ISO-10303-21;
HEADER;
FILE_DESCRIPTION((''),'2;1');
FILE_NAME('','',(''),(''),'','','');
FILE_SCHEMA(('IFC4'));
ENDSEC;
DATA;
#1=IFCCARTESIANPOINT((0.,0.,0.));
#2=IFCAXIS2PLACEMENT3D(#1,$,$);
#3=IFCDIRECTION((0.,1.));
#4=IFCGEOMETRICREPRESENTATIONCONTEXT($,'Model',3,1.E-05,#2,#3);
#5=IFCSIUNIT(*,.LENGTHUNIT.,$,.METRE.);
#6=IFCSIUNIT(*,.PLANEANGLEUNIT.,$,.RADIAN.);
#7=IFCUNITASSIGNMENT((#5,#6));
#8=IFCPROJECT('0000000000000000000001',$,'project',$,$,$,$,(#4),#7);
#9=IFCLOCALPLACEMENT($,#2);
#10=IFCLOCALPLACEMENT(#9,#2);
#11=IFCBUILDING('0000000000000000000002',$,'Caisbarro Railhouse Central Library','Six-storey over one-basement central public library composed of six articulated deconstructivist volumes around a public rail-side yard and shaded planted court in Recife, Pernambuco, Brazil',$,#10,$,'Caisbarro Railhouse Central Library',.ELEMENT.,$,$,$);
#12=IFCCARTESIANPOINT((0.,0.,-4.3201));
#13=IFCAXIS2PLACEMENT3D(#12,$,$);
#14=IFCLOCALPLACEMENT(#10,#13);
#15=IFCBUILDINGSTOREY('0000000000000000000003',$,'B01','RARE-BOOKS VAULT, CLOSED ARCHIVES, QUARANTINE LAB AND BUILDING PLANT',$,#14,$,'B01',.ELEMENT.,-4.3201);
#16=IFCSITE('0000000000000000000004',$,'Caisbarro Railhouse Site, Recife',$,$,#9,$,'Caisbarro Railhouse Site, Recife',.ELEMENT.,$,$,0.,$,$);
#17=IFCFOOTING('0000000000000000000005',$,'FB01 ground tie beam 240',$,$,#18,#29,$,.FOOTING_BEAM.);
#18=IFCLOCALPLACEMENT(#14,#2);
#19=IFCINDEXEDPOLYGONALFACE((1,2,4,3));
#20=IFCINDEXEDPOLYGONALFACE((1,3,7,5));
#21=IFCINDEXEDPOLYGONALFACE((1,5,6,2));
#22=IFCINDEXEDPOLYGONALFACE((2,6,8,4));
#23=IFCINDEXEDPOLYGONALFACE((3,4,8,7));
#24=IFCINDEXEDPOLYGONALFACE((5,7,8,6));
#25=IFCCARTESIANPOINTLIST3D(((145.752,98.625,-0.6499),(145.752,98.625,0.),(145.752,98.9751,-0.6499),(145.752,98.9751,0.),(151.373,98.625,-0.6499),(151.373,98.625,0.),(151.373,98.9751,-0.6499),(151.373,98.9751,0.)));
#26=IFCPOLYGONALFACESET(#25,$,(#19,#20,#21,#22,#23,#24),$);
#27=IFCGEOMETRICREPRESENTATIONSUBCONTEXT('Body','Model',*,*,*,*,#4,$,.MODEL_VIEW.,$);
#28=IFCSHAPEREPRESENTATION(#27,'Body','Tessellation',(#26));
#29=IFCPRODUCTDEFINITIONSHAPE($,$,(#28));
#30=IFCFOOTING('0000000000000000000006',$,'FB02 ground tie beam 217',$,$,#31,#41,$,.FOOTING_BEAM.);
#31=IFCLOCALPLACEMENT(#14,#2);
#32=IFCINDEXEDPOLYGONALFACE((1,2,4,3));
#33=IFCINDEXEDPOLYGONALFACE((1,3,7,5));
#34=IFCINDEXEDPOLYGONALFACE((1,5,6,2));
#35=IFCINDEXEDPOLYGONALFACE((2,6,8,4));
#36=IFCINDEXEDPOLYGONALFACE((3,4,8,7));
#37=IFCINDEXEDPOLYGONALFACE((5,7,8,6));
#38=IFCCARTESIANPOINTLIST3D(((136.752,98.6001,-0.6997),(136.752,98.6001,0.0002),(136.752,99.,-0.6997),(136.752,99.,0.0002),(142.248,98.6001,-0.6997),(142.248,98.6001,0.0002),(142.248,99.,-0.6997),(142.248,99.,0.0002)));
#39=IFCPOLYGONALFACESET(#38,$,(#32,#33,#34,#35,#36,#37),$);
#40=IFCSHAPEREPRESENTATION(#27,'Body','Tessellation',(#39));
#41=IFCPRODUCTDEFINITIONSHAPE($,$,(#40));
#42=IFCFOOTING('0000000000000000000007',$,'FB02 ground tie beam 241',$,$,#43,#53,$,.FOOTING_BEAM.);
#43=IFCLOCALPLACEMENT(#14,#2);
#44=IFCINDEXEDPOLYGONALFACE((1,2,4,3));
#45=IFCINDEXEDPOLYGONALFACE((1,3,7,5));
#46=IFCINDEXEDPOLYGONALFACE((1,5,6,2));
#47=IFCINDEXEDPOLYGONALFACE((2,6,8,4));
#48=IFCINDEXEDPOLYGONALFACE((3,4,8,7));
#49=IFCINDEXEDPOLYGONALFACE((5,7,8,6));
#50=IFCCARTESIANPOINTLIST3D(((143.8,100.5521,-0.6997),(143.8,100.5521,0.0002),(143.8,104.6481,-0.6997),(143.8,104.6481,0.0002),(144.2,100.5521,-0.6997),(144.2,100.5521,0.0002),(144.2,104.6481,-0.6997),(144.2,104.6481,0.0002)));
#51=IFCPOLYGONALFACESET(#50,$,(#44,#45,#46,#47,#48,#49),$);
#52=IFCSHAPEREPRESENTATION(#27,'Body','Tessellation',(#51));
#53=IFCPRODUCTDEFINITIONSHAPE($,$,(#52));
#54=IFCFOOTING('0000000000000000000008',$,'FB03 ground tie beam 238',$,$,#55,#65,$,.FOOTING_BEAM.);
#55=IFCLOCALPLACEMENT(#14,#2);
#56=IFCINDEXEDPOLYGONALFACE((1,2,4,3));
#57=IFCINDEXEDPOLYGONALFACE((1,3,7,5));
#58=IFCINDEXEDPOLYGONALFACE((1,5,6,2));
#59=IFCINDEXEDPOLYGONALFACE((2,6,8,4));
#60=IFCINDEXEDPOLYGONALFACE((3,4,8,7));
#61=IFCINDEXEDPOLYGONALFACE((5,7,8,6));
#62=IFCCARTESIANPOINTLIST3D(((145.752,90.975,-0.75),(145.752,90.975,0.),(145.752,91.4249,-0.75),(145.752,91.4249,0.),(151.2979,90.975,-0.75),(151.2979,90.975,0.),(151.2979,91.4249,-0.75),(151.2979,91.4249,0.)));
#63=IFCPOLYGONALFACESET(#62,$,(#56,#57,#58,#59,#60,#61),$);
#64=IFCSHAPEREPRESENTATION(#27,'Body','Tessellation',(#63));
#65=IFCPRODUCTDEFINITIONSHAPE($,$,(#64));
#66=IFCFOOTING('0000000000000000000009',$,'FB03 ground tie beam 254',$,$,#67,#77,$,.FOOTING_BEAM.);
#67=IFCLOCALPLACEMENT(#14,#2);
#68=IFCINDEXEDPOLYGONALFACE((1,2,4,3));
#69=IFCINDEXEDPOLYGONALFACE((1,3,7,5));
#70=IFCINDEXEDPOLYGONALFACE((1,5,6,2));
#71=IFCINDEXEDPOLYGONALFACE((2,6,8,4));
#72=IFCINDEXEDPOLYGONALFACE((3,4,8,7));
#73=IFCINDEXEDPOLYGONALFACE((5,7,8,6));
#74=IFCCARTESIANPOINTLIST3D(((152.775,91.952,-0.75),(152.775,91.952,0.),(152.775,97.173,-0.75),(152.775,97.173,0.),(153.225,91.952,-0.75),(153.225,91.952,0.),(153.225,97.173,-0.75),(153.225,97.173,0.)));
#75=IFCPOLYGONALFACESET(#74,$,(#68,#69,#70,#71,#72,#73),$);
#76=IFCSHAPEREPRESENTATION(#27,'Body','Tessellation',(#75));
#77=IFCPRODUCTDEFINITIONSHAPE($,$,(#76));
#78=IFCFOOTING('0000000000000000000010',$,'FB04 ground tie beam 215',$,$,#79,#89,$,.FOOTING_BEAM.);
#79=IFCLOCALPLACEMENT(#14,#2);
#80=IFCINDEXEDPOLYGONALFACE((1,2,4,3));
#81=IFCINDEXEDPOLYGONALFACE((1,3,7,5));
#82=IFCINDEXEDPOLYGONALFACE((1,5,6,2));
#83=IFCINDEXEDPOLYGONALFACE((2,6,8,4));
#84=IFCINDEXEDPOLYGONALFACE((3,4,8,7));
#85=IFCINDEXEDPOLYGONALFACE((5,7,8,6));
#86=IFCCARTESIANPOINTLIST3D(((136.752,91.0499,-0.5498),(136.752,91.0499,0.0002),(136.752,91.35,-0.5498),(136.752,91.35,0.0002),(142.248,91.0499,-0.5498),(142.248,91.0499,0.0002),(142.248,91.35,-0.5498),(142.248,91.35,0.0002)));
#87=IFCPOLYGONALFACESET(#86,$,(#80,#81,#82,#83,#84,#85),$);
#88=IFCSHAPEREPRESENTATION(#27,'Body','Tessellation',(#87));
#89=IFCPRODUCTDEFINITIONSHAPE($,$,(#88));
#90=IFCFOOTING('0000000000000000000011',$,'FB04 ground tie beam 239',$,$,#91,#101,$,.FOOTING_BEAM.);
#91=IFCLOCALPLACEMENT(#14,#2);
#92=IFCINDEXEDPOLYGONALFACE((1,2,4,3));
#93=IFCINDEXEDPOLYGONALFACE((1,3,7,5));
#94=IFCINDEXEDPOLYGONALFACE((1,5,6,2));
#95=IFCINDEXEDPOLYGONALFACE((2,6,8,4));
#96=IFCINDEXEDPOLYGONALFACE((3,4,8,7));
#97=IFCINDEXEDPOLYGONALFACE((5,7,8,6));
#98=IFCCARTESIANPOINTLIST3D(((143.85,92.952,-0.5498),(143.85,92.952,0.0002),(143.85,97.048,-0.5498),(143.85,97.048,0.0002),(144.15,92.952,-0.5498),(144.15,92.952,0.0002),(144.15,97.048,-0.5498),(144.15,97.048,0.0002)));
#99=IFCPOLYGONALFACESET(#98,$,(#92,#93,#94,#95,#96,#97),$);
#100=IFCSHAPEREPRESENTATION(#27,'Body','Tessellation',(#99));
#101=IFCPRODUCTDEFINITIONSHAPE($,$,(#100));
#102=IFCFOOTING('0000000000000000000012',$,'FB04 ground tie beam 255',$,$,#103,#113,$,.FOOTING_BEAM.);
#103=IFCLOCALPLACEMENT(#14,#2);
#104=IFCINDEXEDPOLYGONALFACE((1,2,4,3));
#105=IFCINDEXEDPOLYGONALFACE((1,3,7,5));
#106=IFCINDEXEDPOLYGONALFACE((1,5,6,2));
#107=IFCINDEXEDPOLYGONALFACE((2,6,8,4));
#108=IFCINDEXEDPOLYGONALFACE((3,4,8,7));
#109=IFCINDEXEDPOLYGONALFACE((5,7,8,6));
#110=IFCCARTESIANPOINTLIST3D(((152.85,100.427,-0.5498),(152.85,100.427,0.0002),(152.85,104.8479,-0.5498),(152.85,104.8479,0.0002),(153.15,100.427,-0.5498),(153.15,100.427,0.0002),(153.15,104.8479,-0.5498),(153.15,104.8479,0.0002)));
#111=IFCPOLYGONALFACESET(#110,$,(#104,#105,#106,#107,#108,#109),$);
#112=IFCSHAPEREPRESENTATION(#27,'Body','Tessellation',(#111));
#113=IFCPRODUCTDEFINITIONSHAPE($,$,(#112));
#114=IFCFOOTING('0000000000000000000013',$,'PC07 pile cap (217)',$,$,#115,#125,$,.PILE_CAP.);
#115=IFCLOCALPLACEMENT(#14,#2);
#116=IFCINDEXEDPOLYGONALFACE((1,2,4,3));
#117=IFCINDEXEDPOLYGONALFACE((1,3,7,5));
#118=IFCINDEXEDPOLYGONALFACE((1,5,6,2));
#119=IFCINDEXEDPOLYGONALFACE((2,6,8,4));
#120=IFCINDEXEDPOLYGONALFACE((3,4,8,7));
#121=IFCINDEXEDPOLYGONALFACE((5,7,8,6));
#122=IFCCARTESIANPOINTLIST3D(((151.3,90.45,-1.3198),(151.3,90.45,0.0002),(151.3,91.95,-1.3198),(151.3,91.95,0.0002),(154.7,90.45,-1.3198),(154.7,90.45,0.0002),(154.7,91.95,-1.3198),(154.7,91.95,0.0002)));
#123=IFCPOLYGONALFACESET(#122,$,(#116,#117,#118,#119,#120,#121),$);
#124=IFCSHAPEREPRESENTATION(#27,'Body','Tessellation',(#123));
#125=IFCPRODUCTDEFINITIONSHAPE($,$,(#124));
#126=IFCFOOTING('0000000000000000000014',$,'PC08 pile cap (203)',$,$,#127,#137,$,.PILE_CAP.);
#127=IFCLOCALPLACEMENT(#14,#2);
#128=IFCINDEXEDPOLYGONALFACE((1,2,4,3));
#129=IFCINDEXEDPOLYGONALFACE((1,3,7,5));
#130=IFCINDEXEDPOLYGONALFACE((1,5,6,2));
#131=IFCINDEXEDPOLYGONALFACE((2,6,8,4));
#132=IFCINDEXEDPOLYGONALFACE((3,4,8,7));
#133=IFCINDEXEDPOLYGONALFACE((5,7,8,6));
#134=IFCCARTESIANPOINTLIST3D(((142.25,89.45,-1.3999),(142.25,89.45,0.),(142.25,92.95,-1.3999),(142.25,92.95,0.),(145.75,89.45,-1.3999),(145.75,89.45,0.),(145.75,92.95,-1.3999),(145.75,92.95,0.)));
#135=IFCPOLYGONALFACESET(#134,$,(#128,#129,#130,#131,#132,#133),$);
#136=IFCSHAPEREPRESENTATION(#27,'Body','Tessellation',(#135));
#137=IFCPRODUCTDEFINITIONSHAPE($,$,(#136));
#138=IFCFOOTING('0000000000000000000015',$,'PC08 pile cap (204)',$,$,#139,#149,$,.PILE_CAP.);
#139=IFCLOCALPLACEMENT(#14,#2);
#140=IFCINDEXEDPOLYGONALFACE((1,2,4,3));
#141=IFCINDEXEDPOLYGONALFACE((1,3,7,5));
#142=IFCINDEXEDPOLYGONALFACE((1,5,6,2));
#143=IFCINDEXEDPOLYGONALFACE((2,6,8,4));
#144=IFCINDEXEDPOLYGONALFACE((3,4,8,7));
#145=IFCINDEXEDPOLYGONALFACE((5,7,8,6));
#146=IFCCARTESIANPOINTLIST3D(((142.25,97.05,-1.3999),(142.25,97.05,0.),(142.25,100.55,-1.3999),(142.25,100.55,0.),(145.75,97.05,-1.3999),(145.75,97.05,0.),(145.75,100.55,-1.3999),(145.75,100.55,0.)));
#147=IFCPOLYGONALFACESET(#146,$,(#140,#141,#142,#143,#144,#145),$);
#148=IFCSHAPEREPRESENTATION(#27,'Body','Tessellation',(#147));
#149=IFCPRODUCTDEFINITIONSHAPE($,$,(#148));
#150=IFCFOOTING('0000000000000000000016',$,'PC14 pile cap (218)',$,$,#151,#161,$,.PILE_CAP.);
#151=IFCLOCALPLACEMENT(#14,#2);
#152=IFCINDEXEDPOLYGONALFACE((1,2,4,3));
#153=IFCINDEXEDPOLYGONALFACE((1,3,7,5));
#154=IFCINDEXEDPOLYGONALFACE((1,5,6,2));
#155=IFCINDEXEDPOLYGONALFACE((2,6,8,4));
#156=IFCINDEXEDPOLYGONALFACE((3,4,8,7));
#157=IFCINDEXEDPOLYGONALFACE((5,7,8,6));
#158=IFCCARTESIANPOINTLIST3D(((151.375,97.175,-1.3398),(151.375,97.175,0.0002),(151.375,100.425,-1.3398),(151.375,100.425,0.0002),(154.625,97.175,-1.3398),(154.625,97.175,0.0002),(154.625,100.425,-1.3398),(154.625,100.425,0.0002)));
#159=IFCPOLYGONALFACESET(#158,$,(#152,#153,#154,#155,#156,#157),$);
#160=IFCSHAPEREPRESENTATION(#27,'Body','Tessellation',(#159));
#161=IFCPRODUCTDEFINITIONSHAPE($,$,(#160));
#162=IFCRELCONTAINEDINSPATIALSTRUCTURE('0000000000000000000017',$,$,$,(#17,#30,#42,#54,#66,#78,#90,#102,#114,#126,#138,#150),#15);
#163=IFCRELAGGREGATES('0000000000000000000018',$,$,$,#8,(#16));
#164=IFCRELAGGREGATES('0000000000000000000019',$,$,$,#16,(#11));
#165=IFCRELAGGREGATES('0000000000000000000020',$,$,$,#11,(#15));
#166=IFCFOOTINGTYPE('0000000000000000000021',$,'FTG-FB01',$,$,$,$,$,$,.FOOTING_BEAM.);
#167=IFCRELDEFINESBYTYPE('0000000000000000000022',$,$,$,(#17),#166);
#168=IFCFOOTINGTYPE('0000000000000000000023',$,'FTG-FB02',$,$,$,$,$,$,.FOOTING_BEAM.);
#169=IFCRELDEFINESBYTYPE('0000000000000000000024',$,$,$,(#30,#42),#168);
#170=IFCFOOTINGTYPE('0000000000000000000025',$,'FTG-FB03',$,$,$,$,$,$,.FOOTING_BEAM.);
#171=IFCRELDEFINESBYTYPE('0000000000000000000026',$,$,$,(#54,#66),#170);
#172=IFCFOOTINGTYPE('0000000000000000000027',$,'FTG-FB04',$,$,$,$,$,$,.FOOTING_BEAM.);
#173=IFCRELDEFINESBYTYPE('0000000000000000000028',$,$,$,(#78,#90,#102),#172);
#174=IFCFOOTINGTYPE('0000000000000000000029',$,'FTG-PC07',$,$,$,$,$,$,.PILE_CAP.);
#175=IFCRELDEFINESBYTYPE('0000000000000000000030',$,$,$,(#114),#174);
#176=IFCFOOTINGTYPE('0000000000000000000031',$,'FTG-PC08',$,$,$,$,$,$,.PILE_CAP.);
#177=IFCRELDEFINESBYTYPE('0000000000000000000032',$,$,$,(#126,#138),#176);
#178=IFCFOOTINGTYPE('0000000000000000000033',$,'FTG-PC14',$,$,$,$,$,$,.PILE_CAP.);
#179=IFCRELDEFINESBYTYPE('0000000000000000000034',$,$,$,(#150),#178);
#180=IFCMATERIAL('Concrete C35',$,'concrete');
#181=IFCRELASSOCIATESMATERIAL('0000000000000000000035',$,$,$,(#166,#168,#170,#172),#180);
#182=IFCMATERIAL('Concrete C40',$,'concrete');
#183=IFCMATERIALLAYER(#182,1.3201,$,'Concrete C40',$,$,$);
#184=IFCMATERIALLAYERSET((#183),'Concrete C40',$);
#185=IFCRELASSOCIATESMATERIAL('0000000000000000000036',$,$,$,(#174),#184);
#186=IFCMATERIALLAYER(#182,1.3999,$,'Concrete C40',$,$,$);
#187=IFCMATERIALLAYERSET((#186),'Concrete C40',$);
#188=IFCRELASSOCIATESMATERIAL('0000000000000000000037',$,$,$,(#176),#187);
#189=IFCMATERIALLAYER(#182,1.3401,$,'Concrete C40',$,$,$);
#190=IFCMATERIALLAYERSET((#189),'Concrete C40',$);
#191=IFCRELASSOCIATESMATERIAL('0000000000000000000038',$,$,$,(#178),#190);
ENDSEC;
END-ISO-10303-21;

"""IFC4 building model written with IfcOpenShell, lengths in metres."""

from ifc_helpers import new_model, si_unit, direction, frame, origin, origin_2d, place, context, subcontext, project, spatial, rectangle, extrude, material, layer, layer_set, type_object, element, save


model = new_model("IFC4")

# Units and contexts
model_context = context("Model", 3, precision=1e-05, world=origin(), true_north=direction((0.0, 1.0)))
body_context = subcontext(model_context, "Body", "Model", "MODEL_VIEW")
ifc_project = project(units=[si_unit("LENGTHUNIT", "METRE"), si_unit("PLANEANGLEUNIT", "RADIAN")], contexts=[model_context])

# Site, building, storey
site_placement = place(None, origin())
site = spatial("IfcSite", under=ifc_project, at=site_placement, Name="Caisbarro Railhouse Site, Recife", LongName="Caisbarro Railhouse Site, Recife", CompositionType="ELEMENT", RefElevation=0.0)
building_placement = place(site_placement, origin())
building = spatial("IfcBuilding", under=site, at=building_placement, Name="Caisbarro Railhouse Central Library", Description="Six-storey over one-basement central public library composed of six articulated deconstructivist volumes around a public rail-side yard and shaded planted court in Recife, Pernambuco, Brazil", LongName="Caisbarro Railhouse Central Library", CompositionType="ELEMENT")
storey_placement = place(building_placement, frame((0.0, 0.0, -4.3201)))
storey = spatial("IfcBuildingStorey", under=building, at=storey_placement, Name="B01", Description="RARE-BOOKS VAULT, CLOSED ARCHIVES, QUARANTINE LAB AND BUILDING PLANT", LongName="B01", CompositionType="ELEMENT", Elevation=-4.3201)

# Footings
ifc_material_1 = material(Name="Concrete C35", Category="concrete")
footing_type_1 = type_object("IfcFootingType", Name="FTG-FB01", PredefinedType="FOOTING_BEAM", material=ifc_material_1)
footing_1_placement = place(storey_placement, frame((148.5625, 98.8, -0.6499), z_axis=(0.0, 0.0, 1.0), x_axis=(1.0, 0.0, 0.0)))
element("IfcFooting", 1, at=footing_1_placement, inside=storey, type_object=footing_type_1, Name="FB01 ground tie beam 240", PredefinedType="FOOTING_BEAM", context=body_context, shape_type="SweptSolid", body=[
    extrude(rectangle(XDim=5.6211, YDim=0.3501, at=origin_2d()), origin(), (0.0, 0.0, 1.0), 0.6499),
])
footing_type_2 = type_object("IfcFootingType", Name="FTG-FB02", PredefinedType="FOOTING_BEAM", material=ifc_material_1)
footing_2_placement = place(storey_placement, frame((139.5, 98.8, -0.6997), z_axis=(0.0, 0.0, 1.0), x_axis=(1.0, 0.0, 0.0)))
element("IfcFooting", 2, at=footing_2_placement, inside=storey, type_object=footing_type_2, Name="FB02 ground tie beam 217", PredefinedType="FOOTING_BEAM", context=body_context, shape_type="SweptSolid", body=[
    extrude(rectangle(XDim=5.4961, YDim=0.3999, at=origin_2d()), origin(), (0.0, 0.0, 1.0), 0.7),
])
footing_3_placement = place(storey_placement, frame((144.0, 102.6001, -0.6997), z_axis=(0.0, 0.0, 1.0), x_axis=(0.0, 1.0, 0.0)))
element("IfcFooting", 3, at=footing_3_placement, inside=storey, type_object=footing_type_2, Name="FB02 ground tie beam 241", PredefinedType="FOOTING_BEAM", context=body_context, shape_type="SweptSolid", body=[
    extrude(rectangle(XDim=4.0959, YDim=0.3999, at=origin_2d()), origin(), (0.0, 0.0, 1.0), 0.7),
])
footing_type_3 = type_object("IfcFootingType", Name="FTG-FB03", PredefinedType="FOOTING_BEAM", material=ifc_material_1)
footing_4_placement = place(storey_placement, frame((148.5249, 91.2, -0.75), z_axis=(0.0, 0.0, 1.0), x_axis=(1.0, 0.0, 0.0)))
element("IfcFooting", 4, at=footing_4_placement, inside=storey, type_object=footing_type_3, Name="FB03 ground tie beam 238", PredefinedType="FOOTING_BEAM", context=body_context, shape_type="SweptSolid", body=[
    extrude(rectangle(XDim=5.5459, YDim=0.45, at=origin_2d()), origin(), (0.0, 0.0, 1.0), 0.75),
])
footing_5_placement = place(storey_placement, frame((153.0, 94.5625, -0.75), z_axis=(0.0, 0.0, 1.0), x_axis=(0.0, 1.0, 0.0)))
element("IfcFooting", 5, at=footing_5_placement, inside=storey, type_object=footing_type_3, Name="FB03 ground tie beam 254", PredefinedType="FOOTING_BEAM", context=body_context, shape_type="SweptSolid", body=[
    extrude(rectangle(XDim=5.2209, YDim=0.45, at=origin_2d()), origin(), (0.0, 0.0, 1.0), 0.75),
])
footing_type_4 = type_object("IfcFootingType", Name="FTG-FB04", PredefinedType="FOOTING_BEAM", material=ifc_material_1)
footing_6_placement = place(storey_placement, frame((139.5, 91.2, -0.5498), z_axis=(0.0, 0.0, 1.0), x_axis=(1.0, 0.0, 0.0)))
element("IfcFooting", 6, at=footing_6_placement, inside=storey, type_object=footing_type_4, Name="FB04 ground tie beam 215", PredefinedType="FOOTING_BEAM", context=body_context, shape_type="SweptSolid", body=[
    extrude(rectangle(XDim=5.4961, YDim=0.3, at=origin_2d()), origin(), (0.0, 0.0, 1.0), 0.55),
])
footing_7_placement = place(storey_placement, frame((144.0, 95.0, -0.5498), z_axis=(0.0, 0.0, 1.0), x_axis=(0.0, 1.0, 0.0)))
element("IfcFooting", 7, at=footing_7_placement, inside=storey, type_object=footing_type_4, Name="FB04 ground tie beam 239", PredefinedType="FOOTING_BEAM", context=body_context, shape_type="SweptSolid", body=[
    extrude(rectangle(XDim=4.0959, YDim=0.3, at=origin_2d()), origin(), (0.0, 0.0, 1.0), 0.55),
])
footing_8_placement = place(storey_placement, frame((153.0, 102.6375, -0.5498), z_axis=(0.0, 0.0, 1.0), x_axis=(0.0, 1.0, 0.0)))
element("IfcFooting", 8, at=footing_8_placement, inside=storey, type_object=footing_type_4, Name="FB04 ground tie beam 255", PredefinedType="FOOTING_BEAM", context=body_context, shape_type="SweptSolid", body=[
    extrude(rectangle(XDim=4.4209, YDim=0.3, at=origin_2d()), origin(), (0.0, 0.0, 1.0), 0.55),
])
ifc_material_2 = material(Name="Concrete C40", Category="concrete")
ifc_layer_1 = layer(ifc_material_2, 1.3201, Name="Concrete C40")
ifc_layer_set_1 = layer_set([ifc_layer_1], Name="Concrete C40")
footing_type_5 = type_object("IfcFootingType", Name="FTG-PC07", PredefinedType="PILE_CAP", material=ifc_layer_set_1)
footing_9_placement = place(storey_placement, frame((153.0, 91.2, -1.3198), z_axis=(0.0, 0.0, 1.0), x_axis=(1.0, 0.0, 0.0)))
element("IfcFooting", 9, at=footing_9_placement, inside=storey, type_object=footing_type_5, Name="PC07 pile cap (217)", PredefinedType="PILE_CAP", context=body_context, shape_type="SweptSolid", body=[
    extrude(rectangle(XDim=3.3999, YDim=1.5, at=origin_2d()), origin(), (0.0, 0.0, 1.0), 1.3201),
])
ifc_layer_2 = layer(ifc_material_2, 1.3999, Name="Concrete C40")
ifc_layer_set_2 = layer_set([ifc_layer_2], Name="Concrete C40")
footing_type_6 = type_object("IfcFootingType", Name="FTG-PC08", PredefinedType="PILE_CAP", material=ifc_layer_set_2)
for number, where, z_axis, x_axis, name in (
    (10, (144.0, 91.2, -1.3999), (0.0, 0.0, 1.0), (1.0, 0.0, 0.0), "PC08 pile cap (203)"),
    (11, (144.0, 98.8, -1.3999), (0.0, 0.0, 1.0), (1.0, 0.0, 0.0), "PC08 pile cap (204)"),
):
    element("IfcFooting", number, at=place(storey_placement, frame(where, z_axis=z_axis, x_axis=x_axis)), inside=storey, type_object=footing_type_6, Name=name, PredefinedType="PILE_CAP", context=body_context, shape_type="SweptSolid", body=[
        extrude(rectangle(XDim=3.5, YDim=3.5, at=origin_2d()), origin(), (0.0, 0.0, 1.0), 1.3999),
    ])
ifc_layer_3 = layer(ifc_material_2, 1.3401, Name="Concrete C40")
ifc_layer_set_3 = layer_set([ifc_layer_3], Name="Concrete C40")
footing_type_7 = type_object("IfcFootingType", Name="FTG-PC14", PredefinedType="PILE_CAP", material=ifc_layer_set_3)
footing_10_placement = place(storey_placement, frame((153.0, 98.8, -1.3398), z_axis=(0.0, 0.0, 1.0), x_axis=(1.0, 0.0, 0.0)))
element("IfcFooting", 12, at=footing_10_placement, inside=storey, type_object=footing_type_7, Name="PC14 pile cap (218)", PredefinedType="PILE_CAP", context=body_context, shape_type="SweptSolid", body=[
    extrude(rectangle(XDim=3.25, YDim=3.25, at=origin_2d()), origin(), (0.0, 0.0, 1.0), 1.3401),
])

save(model, "model.ifc")
